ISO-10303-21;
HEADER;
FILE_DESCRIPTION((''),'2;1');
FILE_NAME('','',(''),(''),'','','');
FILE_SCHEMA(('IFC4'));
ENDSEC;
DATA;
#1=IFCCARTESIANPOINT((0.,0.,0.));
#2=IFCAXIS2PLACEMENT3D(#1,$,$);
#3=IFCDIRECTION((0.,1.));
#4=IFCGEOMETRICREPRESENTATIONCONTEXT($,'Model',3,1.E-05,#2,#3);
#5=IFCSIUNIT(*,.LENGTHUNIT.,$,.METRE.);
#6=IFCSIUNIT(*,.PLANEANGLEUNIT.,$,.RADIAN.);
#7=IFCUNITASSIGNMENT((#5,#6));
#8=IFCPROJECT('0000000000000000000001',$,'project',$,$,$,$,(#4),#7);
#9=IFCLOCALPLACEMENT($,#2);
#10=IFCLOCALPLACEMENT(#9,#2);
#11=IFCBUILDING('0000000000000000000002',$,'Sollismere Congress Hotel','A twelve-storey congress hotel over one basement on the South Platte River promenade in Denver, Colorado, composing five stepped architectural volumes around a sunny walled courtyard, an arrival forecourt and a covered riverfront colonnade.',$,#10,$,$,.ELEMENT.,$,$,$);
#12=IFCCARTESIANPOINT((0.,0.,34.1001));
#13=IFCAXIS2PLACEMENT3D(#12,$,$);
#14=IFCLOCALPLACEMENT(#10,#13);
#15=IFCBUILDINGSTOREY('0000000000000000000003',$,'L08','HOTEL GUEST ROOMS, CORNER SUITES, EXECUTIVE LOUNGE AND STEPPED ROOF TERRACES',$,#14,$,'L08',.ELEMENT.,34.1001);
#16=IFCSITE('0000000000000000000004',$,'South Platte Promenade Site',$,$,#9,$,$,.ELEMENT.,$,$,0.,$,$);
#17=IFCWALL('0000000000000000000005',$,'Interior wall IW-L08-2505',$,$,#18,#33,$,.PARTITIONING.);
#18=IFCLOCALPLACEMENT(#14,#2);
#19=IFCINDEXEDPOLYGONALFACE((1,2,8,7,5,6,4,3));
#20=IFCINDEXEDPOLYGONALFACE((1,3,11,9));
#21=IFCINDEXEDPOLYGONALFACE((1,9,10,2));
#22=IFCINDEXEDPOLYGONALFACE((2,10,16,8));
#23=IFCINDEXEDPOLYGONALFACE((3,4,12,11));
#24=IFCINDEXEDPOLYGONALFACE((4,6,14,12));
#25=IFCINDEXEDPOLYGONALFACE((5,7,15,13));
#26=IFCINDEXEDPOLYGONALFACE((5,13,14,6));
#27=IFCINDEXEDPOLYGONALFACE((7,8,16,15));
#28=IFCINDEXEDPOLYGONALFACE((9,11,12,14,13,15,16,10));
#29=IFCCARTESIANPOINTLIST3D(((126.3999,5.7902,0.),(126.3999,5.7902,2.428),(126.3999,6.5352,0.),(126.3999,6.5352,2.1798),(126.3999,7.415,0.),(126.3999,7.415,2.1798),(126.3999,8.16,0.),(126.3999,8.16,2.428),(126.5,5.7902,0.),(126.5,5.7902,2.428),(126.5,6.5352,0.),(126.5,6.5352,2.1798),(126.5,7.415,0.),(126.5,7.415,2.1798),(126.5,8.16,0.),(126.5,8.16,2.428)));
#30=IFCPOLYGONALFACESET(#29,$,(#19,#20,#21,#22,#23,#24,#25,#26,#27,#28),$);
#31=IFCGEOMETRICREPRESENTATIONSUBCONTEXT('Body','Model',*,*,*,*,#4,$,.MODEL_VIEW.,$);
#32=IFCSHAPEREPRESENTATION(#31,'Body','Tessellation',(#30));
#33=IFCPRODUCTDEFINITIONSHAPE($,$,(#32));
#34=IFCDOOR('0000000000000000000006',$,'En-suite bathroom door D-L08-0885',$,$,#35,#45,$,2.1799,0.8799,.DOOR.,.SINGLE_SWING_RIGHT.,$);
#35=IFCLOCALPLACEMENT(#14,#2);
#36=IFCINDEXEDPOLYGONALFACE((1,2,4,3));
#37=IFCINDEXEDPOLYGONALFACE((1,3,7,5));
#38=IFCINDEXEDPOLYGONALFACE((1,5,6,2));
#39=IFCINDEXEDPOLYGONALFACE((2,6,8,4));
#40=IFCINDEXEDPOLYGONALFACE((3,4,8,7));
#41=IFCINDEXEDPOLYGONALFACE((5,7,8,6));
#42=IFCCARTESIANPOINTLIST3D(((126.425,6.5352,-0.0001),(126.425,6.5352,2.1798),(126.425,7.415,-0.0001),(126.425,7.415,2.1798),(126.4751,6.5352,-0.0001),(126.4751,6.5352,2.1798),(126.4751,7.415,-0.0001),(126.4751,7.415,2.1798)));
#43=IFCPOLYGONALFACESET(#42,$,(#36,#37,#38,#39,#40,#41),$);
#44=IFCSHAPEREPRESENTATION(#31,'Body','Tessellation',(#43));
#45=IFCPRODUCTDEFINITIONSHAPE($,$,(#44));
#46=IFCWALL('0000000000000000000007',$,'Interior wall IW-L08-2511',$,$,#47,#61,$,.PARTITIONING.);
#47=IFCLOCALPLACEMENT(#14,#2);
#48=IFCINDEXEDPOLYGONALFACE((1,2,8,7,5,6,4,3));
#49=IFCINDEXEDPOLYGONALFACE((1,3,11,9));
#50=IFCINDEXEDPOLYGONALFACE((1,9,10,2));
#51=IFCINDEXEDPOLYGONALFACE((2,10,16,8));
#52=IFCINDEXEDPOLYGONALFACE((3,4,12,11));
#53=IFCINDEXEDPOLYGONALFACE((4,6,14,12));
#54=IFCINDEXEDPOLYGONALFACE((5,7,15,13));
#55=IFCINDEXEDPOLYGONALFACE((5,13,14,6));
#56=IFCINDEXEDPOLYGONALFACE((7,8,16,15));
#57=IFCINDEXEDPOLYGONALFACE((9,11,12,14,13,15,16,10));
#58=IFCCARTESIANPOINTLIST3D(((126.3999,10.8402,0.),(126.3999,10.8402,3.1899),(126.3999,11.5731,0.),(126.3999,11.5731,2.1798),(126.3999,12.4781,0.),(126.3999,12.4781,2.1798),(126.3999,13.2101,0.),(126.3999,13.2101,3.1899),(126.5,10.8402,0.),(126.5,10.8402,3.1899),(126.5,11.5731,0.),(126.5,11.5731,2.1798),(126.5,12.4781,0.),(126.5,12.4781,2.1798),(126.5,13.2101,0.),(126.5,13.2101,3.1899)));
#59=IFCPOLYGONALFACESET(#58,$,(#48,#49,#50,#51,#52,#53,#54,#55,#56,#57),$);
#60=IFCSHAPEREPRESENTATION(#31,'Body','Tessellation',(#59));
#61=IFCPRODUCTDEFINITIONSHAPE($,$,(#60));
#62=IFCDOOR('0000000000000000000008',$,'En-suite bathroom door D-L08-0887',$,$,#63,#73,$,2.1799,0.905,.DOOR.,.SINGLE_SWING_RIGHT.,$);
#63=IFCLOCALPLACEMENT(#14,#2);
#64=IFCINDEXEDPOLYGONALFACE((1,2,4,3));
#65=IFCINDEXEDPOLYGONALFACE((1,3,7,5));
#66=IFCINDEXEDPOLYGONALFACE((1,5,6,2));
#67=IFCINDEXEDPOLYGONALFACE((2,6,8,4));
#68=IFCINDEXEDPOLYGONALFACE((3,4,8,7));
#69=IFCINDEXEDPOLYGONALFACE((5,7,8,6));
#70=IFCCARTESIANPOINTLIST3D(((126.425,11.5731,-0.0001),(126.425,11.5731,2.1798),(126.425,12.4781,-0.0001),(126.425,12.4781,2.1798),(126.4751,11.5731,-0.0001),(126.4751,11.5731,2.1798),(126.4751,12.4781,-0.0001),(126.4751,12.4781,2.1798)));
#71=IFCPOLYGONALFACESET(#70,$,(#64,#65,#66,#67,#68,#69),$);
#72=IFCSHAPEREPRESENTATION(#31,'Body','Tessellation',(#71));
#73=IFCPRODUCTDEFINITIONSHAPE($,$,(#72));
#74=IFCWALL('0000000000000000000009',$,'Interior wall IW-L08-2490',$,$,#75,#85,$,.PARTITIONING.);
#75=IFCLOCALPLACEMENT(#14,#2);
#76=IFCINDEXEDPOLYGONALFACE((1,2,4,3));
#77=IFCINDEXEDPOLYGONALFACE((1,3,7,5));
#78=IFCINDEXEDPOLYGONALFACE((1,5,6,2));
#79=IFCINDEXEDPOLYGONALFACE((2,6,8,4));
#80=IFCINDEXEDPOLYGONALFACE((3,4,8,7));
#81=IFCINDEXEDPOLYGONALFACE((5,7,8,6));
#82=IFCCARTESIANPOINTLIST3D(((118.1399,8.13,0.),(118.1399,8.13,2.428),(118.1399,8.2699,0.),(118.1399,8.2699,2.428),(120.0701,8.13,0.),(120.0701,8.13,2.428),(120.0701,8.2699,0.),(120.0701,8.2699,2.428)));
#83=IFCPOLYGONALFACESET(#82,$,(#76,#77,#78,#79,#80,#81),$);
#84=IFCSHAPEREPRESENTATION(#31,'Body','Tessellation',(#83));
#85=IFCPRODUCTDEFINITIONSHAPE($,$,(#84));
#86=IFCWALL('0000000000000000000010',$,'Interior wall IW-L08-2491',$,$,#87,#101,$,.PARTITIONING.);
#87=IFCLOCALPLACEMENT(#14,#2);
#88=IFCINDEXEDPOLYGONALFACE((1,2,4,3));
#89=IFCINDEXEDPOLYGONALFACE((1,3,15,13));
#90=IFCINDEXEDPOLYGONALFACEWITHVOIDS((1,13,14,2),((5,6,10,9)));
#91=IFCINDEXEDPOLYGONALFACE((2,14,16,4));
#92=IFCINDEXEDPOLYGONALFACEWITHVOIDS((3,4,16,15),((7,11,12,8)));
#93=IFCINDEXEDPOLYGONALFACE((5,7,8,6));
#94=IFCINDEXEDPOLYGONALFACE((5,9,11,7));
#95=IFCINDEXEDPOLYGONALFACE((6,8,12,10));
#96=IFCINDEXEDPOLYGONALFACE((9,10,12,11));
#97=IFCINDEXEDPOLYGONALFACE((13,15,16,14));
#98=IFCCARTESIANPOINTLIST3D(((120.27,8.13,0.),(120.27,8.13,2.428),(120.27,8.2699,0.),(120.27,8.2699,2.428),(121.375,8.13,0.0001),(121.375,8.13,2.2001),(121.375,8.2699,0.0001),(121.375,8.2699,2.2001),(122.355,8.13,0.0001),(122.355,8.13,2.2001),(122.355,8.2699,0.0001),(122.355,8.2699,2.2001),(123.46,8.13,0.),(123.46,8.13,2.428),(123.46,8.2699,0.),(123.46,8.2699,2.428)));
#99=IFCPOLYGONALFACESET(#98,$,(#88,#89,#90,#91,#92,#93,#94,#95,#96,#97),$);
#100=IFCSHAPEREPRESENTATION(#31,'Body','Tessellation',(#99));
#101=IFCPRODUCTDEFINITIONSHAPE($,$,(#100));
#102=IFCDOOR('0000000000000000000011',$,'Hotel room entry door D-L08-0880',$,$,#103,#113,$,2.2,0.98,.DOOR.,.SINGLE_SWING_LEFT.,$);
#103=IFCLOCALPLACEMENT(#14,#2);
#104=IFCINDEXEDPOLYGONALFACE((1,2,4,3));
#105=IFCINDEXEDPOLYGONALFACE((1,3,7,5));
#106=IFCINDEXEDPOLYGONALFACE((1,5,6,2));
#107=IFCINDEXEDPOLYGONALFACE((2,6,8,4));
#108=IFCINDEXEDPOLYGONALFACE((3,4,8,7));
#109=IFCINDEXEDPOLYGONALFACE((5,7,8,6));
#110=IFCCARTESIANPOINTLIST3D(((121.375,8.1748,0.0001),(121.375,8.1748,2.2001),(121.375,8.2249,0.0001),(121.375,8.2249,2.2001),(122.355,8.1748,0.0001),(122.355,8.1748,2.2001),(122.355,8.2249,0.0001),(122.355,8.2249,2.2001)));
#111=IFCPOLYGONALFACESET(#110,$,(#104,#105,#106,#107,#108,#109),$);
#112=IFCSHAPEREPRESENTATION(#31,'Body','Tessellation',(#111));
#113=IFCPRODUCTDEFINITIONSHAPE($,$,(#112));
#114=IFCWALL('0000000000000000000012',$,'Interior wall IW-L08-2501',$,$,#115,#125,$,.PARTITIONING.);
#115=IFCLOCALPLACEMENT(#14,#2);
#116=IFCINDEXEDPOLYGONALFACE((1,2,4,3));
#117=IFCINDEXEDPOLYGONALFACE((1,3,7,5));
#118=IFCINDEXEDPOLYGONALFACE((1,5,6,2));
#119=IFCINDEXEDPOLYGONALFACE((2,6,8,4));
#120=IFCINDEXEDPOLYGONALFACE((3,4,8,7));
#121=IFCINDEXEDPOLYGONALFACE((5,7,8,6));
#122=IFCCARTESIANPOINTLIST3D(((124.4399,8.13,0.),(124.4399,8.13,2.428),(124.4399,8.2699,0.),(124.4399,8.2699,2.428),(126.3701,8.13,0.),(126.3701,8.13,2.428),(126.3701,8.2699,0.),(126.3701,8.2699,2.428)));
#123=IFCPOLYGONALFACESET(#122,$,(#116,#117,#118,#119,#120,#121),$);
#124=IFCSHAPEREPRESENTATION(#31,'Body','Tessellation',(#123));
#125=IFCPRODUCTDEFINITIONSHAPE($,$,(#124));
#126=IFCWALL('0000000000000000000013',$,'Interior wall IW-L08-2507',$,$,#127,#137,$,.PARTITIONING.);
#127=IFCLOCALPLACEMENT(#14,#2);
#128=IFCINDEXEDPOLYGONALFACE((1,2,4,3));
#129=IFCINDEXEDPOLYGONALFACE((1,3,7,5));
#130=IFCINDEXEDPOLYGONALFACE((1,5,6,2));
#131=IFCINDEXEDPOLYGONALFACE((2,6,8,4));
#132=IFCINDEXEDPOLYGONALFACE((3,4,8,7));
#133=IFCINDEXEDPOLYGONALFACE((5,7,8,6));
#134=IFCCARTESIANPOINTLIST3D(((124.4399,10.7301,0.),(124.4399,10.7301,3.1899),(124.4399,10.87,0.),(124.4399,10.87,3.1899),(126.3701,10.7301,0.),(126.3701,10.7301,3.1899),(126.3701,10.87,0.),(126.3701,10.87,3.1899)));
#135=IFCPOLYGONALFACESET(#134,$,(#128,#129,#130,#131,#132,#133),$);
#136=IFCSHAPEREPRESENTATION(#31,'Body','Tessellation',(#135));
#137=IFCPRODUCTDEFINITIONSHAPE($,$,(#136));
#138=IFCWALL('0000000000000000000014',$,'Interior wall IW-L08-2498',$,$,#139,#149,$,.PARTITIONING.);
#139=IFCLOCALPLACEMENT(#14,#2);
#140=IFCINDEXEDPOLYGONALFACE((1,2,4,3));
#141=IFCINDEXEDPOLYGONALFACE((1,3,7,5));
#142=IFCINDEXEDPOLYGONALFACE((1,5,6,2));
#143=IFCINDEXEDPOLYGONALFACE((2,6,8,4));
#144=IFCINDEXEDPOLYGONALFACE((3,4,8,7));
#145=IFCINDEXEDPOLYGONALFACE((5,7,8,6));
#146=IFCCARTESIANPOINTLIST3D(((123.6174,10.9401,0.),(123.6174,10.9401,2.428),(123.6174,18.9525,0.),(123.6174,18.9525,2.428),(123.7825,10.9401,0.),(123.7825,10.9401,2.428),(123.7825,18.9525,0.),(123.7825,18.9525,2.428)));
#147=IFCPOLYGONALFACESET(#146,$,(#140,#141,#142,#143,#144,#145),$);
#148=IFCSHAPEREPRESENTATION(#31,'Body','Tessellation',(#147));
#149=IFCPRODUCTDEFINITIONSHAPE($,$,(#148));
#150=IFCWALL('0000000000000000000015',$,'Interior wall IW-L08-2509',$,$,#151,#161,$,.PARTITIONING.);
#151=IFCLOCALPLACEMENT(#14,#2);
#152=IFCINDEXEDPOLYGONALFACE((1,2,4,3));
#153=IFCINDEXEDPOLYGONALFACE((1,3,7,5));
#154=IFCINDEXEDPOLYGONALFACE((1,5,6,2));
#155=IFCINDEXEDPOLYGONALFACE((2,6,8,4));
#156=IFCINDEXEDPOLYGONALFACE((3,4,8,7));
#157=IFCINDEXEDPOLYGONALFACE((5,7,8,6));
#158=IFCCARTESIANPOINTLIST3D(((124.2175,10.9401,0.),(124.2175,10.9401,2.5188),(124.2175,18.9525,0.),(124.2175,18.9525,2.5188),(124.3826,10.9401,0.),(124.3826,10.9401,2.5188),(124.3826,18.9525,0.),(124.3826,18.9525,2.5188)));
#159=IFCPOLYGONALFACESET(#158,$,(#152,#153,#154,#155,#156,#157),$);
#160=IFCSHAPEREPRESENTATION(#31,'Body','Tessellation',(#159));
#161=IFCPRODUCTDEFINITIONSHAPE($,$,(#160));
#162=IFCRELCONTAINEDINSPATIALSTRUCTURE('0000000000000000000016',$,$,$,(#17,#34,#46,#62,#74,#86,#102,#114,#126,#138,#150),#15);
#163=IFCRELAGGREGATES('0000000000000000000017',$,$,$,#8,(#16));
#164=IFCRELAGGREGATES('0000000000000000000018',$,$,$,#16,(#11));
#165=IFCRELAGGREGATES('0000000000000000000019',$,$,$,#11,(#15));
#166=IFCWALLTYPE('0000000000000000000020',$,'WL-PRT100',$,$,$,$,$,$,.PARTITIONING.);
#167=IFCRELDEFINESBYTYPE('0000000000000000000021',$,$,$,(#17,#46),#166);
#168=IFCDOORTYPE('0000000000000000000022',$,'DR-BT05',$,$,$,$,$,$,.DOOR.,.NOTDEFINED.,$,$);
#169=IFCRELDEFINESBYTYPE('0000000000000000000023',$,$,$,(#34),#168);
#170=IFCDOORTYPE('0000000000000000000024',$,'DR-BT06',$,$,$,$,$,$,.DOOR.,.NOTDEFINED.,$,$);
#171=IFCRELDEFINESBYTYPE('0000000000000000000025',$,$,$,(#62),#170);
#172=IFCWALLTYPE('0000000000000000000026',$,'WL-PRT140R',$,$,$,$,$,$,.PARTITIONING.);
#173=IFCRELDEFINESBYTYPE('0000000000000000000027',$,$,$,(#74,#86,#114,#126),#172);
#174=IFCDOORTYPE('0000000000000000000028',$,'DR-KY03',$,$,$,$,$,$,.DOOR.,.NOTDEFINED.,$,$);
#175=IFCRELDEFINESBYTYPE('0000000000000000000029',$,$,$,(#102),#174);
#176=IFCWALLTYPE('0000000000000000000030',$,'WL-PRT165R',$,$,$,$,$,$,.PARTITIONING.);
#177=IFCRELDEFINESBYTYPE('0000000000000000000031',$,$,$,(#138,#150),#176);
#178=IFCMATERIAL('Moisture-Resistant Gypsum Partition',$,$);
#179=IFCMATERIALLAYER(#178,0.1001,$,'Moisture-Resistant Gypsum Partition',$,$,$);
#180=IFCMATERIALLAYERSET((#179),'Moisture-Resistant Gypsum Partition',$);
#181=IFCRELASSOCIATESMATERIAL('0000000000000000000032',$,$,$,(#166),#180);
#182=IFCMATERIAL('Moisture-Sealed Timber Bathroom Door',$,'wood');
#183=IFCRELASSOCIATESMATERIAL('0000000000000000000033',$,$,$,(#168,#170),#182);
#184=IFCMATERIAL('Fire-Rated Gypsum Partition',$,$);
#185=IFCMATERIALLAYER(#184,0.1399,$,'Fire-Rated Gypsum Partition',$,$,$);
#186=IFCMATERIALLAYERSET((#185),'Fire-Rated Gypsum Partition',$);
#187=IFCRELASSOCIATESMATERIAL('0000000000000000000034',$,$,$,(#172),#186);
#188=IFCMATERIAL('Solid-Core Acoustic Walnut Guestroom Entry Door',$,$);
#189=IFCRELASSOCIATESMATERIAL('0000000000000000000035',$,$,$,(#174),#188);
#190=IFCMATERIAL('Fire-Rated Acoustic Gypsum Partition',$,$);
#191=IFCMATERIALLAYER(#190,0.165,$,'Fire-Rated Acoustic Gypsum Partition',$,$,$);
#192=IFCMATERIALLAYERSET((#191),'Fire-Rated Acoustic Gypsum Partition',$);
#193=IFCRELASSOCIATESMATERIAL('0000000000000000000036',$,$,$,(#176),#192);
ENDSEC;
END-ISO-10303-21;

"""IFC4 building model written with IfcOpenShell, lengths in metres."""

from ifc_helpers import new_model, si_unit, direction, frame, frame_2d, origin, place, context, subcontext, project, spatial, rectangle, extrude, material, layer, layer_set, type_object, element, fill, save


model = new_model("IFC4")

# Units and contexts
model_context = context("Model", 3, precision=1e-05, world=origin(), true_north=direction((0.0, 1.0)))
body_context = subcontext(model_context, "Body", "Model", "MODEL_VIEW")
ifc_project = project(units=[si_unit("LENGTHUNIT", "METRE"), si_unit("PLANEANGLEUNIT", "RADIAN")], contexts=[model_context])

# Site, building, storey
site_placement = place(None, origin())
site = spatial("IfcSite", under=ifc_project, at=site_placement, Name="South Platte Promenade Site", CompositionType="ELEMENT", RefElevation=0.0)
building_placement = place(site_placement, origin())
building = spatial("IfcBuilding", under=site, at=building_placement, Name="Sollismere Congress Hotel", Description="A twelve-storey congress hotel over one basement on the South Platte River promenade in Denver, Colorado, composing five stepped architectural volumes around a sunny walled courtyard, an arrival forecourt and a covered riverfront colonnade.", CompositionType="ELEMENT")
storey_placement = place(building_placement, frame((0.0, 0.0, 34.1001)))
storey = spatial("IfcBuildingStorey", under=building, at=storey_placement, Name="L08", Description="HOTEL GUEST ROOMS, CORNER SUITES, EXECUTIVE LOUNGE AND STEPPED ROOF TERRACES", LongName="L08", CompositionType="ELEMENT", Elevation=34.1001)

# Walls, openings, doors
ifc_material_1 = material(Name="Moisture-Resistant Gypsum Partition")
ifc_layer_1 = layer(ifc_material_1, 0.1001, Name="Moisture-Resistant Gypsum Partition")
ifc_layer_set_1 = layer_set([ifc_layer_1], Name="Moisture-Resistant Gypsum Partition")
wall_type_1 = type_object("IfcWallType", Name="WL-PRT100", PredefinedType="PARTITIONING", material=ifc_layer_set_1)
ifc_material_2 = material(Name="Moisture-Sealed Timber Bathroom Door", Category="wood")
wall_1_placement = place(storey_placement, frame((126.45, 5.79, 0.0), z_axis=(0.0, 0.0, 1.0), x_axis=(0.0, 1.0, 0.0)))
wall_1 = element("IfcWall", 1, at=wall_1_placement, inside=storey, type_object=wall_type_1, Name="Interior wall IW-L08-2505", PredefinedType="PARTITIONING", context=body_context, shape_type="SweptSolid", body=[
    extrude(rectangle(XDim=2.3699, YDim=0.1001, at=frame_2d((1.1851, 0.0))), origin(), (0.0, 0.0, 1.0), 2.428),
])
opening_1_placement = place(wall_1_placement, frame((0.7451, 0.0, 0.0)))
opening_1 = element("IfcOpeningElement", 2, at=opening_1_placement, cuts=wall_1, PredefinedType="OPENING", context=body_context, shape_type="SweptSolid", body=[
    extrude(rectangle(XDim=0.8799, YDim=2.1799, at=frame_2d((0.4399, 1.0898))), frame((0.0, 0.0601, 0.0), z_axis=(0.0, -1.0, 0.0), x_axis=(1.0, 0.0, 0.0)), (0.0, 0.0, 1.0), 0.1201),
])
door_type_1 = type_object("IfcDoorType", Name="DR-BT05", OperationType="NOTDEFINED", PredefinedType="DOOR", material=ifc_material_2)
door_1_placement = place(opening_1_placement, origin())
door_1 = element("IfcDoor", 3, at=door_1_placement, inside=storey, type_object=door_type_1, Name="En-suite bathroom door D-L08-0885", OperationType="SINGLE_SWING_RIGHT", OverallHeight=2.1799, OverallWidth=0.8799, PredefinedType="DOOR", context=body_context, shape_type="SweptSolid", body=[
    extrude(rectangle(XDim=0.8799, YDim=2.1799, at=frame_2d((0.4399, 1.0898))), frame((0.0, 0.0249, 0.0), z_axis=(0.0, -1.0, 0.0), x_axis=(1.0, 0.0, 0.0)), (0.0, 0.0, 1.0), 0.05),
])
fill(opening_1, door_1)
wall_2_placement = place(storey_placement, frame((126.45, 10.8401, 0.0), z_axis=(0.0, 0.0, 1.0), x_axis=(0.0, 1.0, 0.0)))
wall_2 = element("IfcWall", 4, at=wall_2_placement, inside=storey, type_object=wall_type_1, Name="Interior wall IW-L08-2511", PredefinedType="PARTITIONING", context=body_context, shape_type="SweptSolid", body=[
    extrude(rectangle(XDim=2.3699, YDim=0.1001, at=frame_2d((1.1851, 0.0))), origin(), (0.0, 0.0, 1.0), 3.1899),
])
opening_2_placement = place(wall_2_placement, frame((0.7329, 0.0, 0.0)))
opening_2 = element("IfcOpeningElement", 5, at=opening_2_placement, cuts=wall_2, PredefinedType="OPENING", context=body_context, shape_type="SweptSolid", body=[
    extrude(rectangle(XDim=0.905, YDim=2.1799, at=frame_2d((0.4526, 1.0898))), frame((0.0, 0.0601, 0.0), z_axis=(0.0, -1.0, 0.0), x_axis=(1.0, 0.0, 0.0)), (0.0, 0.0, 1.0), 0.1201),
])
door_type_2 = type_object("IfcDoorType", Name="DR-BT06", OperationType="NOTDEFINED", PredefinedType="DOOR", material=ifc_material_2)
door_2_placement = place(opening_2_placement, origin())
door_2 = element("IfcDoor", 6, at=door_2_placement, inside=storey, type_object=door_type_2, Name="En-suite bathroom door D-L08-0887", OperationType="SINGLE_SWING_RIGHT", OverallHeight=2.1799, OverallWidth=0.905, PredefinedType="DOOR", context=body_context, shape_type="SweptSolid", body=[
    extrude(rectangle(XDim=0.905, YDim=2.1799, at=frame_2d((0.4526, 1.0898))), frame((0.0, 0.0249, 0.0), z_axis=(0.0, -1.0, 0.0), x_axis=(1.0, 0.0, 0.0)), (0.0, 0.0, 1.0), 0.05),
])
fill(opening_2, door_2)

# Wall
ifc_material_3 = material(Name="Fire-Rated Gypsum Partition")
ifc_layer_2 = layer(ifc_material_3, 0.1399, Name="Fire-Rated Gypsum Partition")
ifc_layer_set_2 = layer_set([ifc_layer_2], Name="Fire-Rated Gypsum Partition")
wall_type_2 = type_object("IfcWallType", Name="WL-PRT140R", PredefinedType="PARTITIONING", material=ifc_layer_set_2)
wall_3_placement = place(storey_placement, frame((118.1399, 8.2, 0.0), z_axis=(0.0, 0.0, 1.0), x_axis=(1.0, 0.0, 0.0)))
element("IfcWall", 7, at=wall_3_placement, inside=storey, type_object=wall_type_2, Name="Interior wall IW-L08-2490", PredefinedType="PARTITIONING", context=body_context, shape_type="SweptSolid", body=[
    extrude(rectangle(XDim=1.9302, YDim=0.1399, at=frame_2d((0.9651, 0.0))), origin(), (0.0, 0.0, 1.0), 2.428),
])

# Wall, opening, door
wall_4_placement = place(storey_placement, frame((120.27, 8.2, 0.0), z_axis=(0.0, 0.0, 1.0), x_axis=(1.0, 0.0, 0.0)))
wall_4 = element("IfcWall", 8, at=wall_4_placement, inside=storey, type_object=wall_type_2, Name="Interior wall IW-L08-2491", PredefinedType="PARTITIONING", context=body_context, shape_type="SweptSolid", body=[
    extrude(rectangle(XDim=3.1899, YDim=0.1399, at=frame_2d((1.595, 0.0))), origin(), (0.0, 0.0, 1.0), 2.428),
])
opening_3_placement = place(wall_4_placement, frame((1.105, 0.0, 0.0)))
opening_3 = element("IfcOpeningElement", 9, at=opening_3_placement, cuts=wall_4, PredefinedType="OPENING", context=body_context, shape_type="SweptSolid", body=[
    extrude(rectangle(XDim=0.98, YDim=2.2, at=frame_2d((0.49, 1.1001))), frame((0.0, 0.0798, 0.0), z_axis=(0.0, -1.0, 0.0), x_axis=(1.0, 0.0, 0.0)), (0.0, 0.0, 1.0), 0.1599),
])
ifc_material_4 = material(Name="Solid-Core Acoustic Walnut Guestroom Entry Door")
door_type_3 = type_object("IfcDoorType", Name="DR-KY03", OperationType="NOTDEFINED", PredefinedType="DOOR", material=ifc_material_4)
door_3_placement = place(opening_3_placement, origin())
door_3 = element("IfcDoor", 10, at=door_3_placement, inside=storey, type_object=door_type_3, Name="Hotel room entry door D-L08-0880", OperationType="SINGLE_SWING_LEFT", OverallHeight=2.2, OverallWidth=0.98, PredefinedType="DOOR", context=body_context, shape_type="SweptSolid", body=[
    extrude(rectangle(XDim=0.98, YDim=2.2, at=frame_2d((0.49, 1.1001))), frame((0.0, 0.0249, 0.0), z_axis=(0.0, -1.0, 0.0), x_axis=(1.0, 0.0, 0.0)), (0.0, 0.0, 1.0), 0.05),
])
fill(opening_3, door_3)

# Walls
wall_5_placement = place(storey_placement, frame((124.4399, 8.2, 0.0), z_axis=(0.0, 0.0, 1.0), x_axis=(1.0, 0.0, 0.0)))
element("IfcWall", 11, at=wall_5_placement, inside=storey, type_object=wall_type_2, Name="Interior wall IW-L08-2501", PredefinedType="PARTITIONING", context=body_context, shape_type="SweptSolid", body=[
    extrude(rectangle(XDim=1.9302, YDim=0.1399, at=frame_2d((0.9651, 0.0))), origin(), (0.0, 0.0, 1.0), 2.428),
])
wall_6_placement = place(storey_placement, frame((124.4399, 10.8, 0.0), z_axis=(0.0, 0.0, 1.0), x_axis=(1.0, 0.0, 0.0)))
element("IfcWall", 12, at=wall_6_placement, inside=storey, type_object=wall_type_2, Name="Interior wall IW-L08-2507", PredefinedType="PARTITIONING", context=body_context, shape_type="SweptSolid", body=[
    extrude(rectangle(XDim=1.9302, YDim=0.1399, at=frame_2d((0.9651, 0.0))), origin(), (0.0, 0.0, 1.0), 3.1899),
])
ifc_material_5 = material(Name="Fire-Rated Acoustic Gypsum Partition")
ifc_layer_3 = layer(ifc_material_5, 0.165, Name="Fire-Rated Acoustic Gypsum Partition")
ifc_layer_set_3 = layer_set([ifc_layer_3], Name="Fire-Rated Acoustic Gypsum Partition")
wall_type_3 = type_object("IfcWallType", Name="WL-PRT165R", PredefinedType="PARTITIONING", material=ifc_layer_set_3)
wall_7_placement = place(storey_placement, frame((123.7, 10.9399, 0.0), z_axis=(0.0, 0.0, 1.0), x_axis=(0.0, 1.0, 0.0)))
element("IfcWall", 13, at=wall_7_placement, inside=storey, type_object=wall_type_3, Name="Interior wall IW-L08-2498", PredefinedType="PARTITIONING", context=body_context, shape_type="SweptSolid", body=[
    extrude(rectangle(XDim=8.0125, YDim=0.165, at=frame_2d((4.0063, 0.0))), origin(), (0.0, 0.0, 1.0), 2.428),
])
wall_8_placement = place(storey_placement, frame((124.3, 10.9399, 0.0), z_axis=(0.0, 0.0, 1.0), x_axis=(0.0, 1.0, 0.0)))
element("IfcWall", 14, at=wall_8_placement, inside=storey, type_object=wall_type_3, Name="Interior wall IW-L08-2509", PredefinedType="PARTITIONING", context=body_context, shape_type="SweptSolid", body=[
    extrude(rectangle(XDim=8.0125, YDim=0.165, at=frame_2d((4.0063, 0.0))), origin(), (0.0, 0.0, 1.0), 2.5188),
])

save(model, "model.ifc")
